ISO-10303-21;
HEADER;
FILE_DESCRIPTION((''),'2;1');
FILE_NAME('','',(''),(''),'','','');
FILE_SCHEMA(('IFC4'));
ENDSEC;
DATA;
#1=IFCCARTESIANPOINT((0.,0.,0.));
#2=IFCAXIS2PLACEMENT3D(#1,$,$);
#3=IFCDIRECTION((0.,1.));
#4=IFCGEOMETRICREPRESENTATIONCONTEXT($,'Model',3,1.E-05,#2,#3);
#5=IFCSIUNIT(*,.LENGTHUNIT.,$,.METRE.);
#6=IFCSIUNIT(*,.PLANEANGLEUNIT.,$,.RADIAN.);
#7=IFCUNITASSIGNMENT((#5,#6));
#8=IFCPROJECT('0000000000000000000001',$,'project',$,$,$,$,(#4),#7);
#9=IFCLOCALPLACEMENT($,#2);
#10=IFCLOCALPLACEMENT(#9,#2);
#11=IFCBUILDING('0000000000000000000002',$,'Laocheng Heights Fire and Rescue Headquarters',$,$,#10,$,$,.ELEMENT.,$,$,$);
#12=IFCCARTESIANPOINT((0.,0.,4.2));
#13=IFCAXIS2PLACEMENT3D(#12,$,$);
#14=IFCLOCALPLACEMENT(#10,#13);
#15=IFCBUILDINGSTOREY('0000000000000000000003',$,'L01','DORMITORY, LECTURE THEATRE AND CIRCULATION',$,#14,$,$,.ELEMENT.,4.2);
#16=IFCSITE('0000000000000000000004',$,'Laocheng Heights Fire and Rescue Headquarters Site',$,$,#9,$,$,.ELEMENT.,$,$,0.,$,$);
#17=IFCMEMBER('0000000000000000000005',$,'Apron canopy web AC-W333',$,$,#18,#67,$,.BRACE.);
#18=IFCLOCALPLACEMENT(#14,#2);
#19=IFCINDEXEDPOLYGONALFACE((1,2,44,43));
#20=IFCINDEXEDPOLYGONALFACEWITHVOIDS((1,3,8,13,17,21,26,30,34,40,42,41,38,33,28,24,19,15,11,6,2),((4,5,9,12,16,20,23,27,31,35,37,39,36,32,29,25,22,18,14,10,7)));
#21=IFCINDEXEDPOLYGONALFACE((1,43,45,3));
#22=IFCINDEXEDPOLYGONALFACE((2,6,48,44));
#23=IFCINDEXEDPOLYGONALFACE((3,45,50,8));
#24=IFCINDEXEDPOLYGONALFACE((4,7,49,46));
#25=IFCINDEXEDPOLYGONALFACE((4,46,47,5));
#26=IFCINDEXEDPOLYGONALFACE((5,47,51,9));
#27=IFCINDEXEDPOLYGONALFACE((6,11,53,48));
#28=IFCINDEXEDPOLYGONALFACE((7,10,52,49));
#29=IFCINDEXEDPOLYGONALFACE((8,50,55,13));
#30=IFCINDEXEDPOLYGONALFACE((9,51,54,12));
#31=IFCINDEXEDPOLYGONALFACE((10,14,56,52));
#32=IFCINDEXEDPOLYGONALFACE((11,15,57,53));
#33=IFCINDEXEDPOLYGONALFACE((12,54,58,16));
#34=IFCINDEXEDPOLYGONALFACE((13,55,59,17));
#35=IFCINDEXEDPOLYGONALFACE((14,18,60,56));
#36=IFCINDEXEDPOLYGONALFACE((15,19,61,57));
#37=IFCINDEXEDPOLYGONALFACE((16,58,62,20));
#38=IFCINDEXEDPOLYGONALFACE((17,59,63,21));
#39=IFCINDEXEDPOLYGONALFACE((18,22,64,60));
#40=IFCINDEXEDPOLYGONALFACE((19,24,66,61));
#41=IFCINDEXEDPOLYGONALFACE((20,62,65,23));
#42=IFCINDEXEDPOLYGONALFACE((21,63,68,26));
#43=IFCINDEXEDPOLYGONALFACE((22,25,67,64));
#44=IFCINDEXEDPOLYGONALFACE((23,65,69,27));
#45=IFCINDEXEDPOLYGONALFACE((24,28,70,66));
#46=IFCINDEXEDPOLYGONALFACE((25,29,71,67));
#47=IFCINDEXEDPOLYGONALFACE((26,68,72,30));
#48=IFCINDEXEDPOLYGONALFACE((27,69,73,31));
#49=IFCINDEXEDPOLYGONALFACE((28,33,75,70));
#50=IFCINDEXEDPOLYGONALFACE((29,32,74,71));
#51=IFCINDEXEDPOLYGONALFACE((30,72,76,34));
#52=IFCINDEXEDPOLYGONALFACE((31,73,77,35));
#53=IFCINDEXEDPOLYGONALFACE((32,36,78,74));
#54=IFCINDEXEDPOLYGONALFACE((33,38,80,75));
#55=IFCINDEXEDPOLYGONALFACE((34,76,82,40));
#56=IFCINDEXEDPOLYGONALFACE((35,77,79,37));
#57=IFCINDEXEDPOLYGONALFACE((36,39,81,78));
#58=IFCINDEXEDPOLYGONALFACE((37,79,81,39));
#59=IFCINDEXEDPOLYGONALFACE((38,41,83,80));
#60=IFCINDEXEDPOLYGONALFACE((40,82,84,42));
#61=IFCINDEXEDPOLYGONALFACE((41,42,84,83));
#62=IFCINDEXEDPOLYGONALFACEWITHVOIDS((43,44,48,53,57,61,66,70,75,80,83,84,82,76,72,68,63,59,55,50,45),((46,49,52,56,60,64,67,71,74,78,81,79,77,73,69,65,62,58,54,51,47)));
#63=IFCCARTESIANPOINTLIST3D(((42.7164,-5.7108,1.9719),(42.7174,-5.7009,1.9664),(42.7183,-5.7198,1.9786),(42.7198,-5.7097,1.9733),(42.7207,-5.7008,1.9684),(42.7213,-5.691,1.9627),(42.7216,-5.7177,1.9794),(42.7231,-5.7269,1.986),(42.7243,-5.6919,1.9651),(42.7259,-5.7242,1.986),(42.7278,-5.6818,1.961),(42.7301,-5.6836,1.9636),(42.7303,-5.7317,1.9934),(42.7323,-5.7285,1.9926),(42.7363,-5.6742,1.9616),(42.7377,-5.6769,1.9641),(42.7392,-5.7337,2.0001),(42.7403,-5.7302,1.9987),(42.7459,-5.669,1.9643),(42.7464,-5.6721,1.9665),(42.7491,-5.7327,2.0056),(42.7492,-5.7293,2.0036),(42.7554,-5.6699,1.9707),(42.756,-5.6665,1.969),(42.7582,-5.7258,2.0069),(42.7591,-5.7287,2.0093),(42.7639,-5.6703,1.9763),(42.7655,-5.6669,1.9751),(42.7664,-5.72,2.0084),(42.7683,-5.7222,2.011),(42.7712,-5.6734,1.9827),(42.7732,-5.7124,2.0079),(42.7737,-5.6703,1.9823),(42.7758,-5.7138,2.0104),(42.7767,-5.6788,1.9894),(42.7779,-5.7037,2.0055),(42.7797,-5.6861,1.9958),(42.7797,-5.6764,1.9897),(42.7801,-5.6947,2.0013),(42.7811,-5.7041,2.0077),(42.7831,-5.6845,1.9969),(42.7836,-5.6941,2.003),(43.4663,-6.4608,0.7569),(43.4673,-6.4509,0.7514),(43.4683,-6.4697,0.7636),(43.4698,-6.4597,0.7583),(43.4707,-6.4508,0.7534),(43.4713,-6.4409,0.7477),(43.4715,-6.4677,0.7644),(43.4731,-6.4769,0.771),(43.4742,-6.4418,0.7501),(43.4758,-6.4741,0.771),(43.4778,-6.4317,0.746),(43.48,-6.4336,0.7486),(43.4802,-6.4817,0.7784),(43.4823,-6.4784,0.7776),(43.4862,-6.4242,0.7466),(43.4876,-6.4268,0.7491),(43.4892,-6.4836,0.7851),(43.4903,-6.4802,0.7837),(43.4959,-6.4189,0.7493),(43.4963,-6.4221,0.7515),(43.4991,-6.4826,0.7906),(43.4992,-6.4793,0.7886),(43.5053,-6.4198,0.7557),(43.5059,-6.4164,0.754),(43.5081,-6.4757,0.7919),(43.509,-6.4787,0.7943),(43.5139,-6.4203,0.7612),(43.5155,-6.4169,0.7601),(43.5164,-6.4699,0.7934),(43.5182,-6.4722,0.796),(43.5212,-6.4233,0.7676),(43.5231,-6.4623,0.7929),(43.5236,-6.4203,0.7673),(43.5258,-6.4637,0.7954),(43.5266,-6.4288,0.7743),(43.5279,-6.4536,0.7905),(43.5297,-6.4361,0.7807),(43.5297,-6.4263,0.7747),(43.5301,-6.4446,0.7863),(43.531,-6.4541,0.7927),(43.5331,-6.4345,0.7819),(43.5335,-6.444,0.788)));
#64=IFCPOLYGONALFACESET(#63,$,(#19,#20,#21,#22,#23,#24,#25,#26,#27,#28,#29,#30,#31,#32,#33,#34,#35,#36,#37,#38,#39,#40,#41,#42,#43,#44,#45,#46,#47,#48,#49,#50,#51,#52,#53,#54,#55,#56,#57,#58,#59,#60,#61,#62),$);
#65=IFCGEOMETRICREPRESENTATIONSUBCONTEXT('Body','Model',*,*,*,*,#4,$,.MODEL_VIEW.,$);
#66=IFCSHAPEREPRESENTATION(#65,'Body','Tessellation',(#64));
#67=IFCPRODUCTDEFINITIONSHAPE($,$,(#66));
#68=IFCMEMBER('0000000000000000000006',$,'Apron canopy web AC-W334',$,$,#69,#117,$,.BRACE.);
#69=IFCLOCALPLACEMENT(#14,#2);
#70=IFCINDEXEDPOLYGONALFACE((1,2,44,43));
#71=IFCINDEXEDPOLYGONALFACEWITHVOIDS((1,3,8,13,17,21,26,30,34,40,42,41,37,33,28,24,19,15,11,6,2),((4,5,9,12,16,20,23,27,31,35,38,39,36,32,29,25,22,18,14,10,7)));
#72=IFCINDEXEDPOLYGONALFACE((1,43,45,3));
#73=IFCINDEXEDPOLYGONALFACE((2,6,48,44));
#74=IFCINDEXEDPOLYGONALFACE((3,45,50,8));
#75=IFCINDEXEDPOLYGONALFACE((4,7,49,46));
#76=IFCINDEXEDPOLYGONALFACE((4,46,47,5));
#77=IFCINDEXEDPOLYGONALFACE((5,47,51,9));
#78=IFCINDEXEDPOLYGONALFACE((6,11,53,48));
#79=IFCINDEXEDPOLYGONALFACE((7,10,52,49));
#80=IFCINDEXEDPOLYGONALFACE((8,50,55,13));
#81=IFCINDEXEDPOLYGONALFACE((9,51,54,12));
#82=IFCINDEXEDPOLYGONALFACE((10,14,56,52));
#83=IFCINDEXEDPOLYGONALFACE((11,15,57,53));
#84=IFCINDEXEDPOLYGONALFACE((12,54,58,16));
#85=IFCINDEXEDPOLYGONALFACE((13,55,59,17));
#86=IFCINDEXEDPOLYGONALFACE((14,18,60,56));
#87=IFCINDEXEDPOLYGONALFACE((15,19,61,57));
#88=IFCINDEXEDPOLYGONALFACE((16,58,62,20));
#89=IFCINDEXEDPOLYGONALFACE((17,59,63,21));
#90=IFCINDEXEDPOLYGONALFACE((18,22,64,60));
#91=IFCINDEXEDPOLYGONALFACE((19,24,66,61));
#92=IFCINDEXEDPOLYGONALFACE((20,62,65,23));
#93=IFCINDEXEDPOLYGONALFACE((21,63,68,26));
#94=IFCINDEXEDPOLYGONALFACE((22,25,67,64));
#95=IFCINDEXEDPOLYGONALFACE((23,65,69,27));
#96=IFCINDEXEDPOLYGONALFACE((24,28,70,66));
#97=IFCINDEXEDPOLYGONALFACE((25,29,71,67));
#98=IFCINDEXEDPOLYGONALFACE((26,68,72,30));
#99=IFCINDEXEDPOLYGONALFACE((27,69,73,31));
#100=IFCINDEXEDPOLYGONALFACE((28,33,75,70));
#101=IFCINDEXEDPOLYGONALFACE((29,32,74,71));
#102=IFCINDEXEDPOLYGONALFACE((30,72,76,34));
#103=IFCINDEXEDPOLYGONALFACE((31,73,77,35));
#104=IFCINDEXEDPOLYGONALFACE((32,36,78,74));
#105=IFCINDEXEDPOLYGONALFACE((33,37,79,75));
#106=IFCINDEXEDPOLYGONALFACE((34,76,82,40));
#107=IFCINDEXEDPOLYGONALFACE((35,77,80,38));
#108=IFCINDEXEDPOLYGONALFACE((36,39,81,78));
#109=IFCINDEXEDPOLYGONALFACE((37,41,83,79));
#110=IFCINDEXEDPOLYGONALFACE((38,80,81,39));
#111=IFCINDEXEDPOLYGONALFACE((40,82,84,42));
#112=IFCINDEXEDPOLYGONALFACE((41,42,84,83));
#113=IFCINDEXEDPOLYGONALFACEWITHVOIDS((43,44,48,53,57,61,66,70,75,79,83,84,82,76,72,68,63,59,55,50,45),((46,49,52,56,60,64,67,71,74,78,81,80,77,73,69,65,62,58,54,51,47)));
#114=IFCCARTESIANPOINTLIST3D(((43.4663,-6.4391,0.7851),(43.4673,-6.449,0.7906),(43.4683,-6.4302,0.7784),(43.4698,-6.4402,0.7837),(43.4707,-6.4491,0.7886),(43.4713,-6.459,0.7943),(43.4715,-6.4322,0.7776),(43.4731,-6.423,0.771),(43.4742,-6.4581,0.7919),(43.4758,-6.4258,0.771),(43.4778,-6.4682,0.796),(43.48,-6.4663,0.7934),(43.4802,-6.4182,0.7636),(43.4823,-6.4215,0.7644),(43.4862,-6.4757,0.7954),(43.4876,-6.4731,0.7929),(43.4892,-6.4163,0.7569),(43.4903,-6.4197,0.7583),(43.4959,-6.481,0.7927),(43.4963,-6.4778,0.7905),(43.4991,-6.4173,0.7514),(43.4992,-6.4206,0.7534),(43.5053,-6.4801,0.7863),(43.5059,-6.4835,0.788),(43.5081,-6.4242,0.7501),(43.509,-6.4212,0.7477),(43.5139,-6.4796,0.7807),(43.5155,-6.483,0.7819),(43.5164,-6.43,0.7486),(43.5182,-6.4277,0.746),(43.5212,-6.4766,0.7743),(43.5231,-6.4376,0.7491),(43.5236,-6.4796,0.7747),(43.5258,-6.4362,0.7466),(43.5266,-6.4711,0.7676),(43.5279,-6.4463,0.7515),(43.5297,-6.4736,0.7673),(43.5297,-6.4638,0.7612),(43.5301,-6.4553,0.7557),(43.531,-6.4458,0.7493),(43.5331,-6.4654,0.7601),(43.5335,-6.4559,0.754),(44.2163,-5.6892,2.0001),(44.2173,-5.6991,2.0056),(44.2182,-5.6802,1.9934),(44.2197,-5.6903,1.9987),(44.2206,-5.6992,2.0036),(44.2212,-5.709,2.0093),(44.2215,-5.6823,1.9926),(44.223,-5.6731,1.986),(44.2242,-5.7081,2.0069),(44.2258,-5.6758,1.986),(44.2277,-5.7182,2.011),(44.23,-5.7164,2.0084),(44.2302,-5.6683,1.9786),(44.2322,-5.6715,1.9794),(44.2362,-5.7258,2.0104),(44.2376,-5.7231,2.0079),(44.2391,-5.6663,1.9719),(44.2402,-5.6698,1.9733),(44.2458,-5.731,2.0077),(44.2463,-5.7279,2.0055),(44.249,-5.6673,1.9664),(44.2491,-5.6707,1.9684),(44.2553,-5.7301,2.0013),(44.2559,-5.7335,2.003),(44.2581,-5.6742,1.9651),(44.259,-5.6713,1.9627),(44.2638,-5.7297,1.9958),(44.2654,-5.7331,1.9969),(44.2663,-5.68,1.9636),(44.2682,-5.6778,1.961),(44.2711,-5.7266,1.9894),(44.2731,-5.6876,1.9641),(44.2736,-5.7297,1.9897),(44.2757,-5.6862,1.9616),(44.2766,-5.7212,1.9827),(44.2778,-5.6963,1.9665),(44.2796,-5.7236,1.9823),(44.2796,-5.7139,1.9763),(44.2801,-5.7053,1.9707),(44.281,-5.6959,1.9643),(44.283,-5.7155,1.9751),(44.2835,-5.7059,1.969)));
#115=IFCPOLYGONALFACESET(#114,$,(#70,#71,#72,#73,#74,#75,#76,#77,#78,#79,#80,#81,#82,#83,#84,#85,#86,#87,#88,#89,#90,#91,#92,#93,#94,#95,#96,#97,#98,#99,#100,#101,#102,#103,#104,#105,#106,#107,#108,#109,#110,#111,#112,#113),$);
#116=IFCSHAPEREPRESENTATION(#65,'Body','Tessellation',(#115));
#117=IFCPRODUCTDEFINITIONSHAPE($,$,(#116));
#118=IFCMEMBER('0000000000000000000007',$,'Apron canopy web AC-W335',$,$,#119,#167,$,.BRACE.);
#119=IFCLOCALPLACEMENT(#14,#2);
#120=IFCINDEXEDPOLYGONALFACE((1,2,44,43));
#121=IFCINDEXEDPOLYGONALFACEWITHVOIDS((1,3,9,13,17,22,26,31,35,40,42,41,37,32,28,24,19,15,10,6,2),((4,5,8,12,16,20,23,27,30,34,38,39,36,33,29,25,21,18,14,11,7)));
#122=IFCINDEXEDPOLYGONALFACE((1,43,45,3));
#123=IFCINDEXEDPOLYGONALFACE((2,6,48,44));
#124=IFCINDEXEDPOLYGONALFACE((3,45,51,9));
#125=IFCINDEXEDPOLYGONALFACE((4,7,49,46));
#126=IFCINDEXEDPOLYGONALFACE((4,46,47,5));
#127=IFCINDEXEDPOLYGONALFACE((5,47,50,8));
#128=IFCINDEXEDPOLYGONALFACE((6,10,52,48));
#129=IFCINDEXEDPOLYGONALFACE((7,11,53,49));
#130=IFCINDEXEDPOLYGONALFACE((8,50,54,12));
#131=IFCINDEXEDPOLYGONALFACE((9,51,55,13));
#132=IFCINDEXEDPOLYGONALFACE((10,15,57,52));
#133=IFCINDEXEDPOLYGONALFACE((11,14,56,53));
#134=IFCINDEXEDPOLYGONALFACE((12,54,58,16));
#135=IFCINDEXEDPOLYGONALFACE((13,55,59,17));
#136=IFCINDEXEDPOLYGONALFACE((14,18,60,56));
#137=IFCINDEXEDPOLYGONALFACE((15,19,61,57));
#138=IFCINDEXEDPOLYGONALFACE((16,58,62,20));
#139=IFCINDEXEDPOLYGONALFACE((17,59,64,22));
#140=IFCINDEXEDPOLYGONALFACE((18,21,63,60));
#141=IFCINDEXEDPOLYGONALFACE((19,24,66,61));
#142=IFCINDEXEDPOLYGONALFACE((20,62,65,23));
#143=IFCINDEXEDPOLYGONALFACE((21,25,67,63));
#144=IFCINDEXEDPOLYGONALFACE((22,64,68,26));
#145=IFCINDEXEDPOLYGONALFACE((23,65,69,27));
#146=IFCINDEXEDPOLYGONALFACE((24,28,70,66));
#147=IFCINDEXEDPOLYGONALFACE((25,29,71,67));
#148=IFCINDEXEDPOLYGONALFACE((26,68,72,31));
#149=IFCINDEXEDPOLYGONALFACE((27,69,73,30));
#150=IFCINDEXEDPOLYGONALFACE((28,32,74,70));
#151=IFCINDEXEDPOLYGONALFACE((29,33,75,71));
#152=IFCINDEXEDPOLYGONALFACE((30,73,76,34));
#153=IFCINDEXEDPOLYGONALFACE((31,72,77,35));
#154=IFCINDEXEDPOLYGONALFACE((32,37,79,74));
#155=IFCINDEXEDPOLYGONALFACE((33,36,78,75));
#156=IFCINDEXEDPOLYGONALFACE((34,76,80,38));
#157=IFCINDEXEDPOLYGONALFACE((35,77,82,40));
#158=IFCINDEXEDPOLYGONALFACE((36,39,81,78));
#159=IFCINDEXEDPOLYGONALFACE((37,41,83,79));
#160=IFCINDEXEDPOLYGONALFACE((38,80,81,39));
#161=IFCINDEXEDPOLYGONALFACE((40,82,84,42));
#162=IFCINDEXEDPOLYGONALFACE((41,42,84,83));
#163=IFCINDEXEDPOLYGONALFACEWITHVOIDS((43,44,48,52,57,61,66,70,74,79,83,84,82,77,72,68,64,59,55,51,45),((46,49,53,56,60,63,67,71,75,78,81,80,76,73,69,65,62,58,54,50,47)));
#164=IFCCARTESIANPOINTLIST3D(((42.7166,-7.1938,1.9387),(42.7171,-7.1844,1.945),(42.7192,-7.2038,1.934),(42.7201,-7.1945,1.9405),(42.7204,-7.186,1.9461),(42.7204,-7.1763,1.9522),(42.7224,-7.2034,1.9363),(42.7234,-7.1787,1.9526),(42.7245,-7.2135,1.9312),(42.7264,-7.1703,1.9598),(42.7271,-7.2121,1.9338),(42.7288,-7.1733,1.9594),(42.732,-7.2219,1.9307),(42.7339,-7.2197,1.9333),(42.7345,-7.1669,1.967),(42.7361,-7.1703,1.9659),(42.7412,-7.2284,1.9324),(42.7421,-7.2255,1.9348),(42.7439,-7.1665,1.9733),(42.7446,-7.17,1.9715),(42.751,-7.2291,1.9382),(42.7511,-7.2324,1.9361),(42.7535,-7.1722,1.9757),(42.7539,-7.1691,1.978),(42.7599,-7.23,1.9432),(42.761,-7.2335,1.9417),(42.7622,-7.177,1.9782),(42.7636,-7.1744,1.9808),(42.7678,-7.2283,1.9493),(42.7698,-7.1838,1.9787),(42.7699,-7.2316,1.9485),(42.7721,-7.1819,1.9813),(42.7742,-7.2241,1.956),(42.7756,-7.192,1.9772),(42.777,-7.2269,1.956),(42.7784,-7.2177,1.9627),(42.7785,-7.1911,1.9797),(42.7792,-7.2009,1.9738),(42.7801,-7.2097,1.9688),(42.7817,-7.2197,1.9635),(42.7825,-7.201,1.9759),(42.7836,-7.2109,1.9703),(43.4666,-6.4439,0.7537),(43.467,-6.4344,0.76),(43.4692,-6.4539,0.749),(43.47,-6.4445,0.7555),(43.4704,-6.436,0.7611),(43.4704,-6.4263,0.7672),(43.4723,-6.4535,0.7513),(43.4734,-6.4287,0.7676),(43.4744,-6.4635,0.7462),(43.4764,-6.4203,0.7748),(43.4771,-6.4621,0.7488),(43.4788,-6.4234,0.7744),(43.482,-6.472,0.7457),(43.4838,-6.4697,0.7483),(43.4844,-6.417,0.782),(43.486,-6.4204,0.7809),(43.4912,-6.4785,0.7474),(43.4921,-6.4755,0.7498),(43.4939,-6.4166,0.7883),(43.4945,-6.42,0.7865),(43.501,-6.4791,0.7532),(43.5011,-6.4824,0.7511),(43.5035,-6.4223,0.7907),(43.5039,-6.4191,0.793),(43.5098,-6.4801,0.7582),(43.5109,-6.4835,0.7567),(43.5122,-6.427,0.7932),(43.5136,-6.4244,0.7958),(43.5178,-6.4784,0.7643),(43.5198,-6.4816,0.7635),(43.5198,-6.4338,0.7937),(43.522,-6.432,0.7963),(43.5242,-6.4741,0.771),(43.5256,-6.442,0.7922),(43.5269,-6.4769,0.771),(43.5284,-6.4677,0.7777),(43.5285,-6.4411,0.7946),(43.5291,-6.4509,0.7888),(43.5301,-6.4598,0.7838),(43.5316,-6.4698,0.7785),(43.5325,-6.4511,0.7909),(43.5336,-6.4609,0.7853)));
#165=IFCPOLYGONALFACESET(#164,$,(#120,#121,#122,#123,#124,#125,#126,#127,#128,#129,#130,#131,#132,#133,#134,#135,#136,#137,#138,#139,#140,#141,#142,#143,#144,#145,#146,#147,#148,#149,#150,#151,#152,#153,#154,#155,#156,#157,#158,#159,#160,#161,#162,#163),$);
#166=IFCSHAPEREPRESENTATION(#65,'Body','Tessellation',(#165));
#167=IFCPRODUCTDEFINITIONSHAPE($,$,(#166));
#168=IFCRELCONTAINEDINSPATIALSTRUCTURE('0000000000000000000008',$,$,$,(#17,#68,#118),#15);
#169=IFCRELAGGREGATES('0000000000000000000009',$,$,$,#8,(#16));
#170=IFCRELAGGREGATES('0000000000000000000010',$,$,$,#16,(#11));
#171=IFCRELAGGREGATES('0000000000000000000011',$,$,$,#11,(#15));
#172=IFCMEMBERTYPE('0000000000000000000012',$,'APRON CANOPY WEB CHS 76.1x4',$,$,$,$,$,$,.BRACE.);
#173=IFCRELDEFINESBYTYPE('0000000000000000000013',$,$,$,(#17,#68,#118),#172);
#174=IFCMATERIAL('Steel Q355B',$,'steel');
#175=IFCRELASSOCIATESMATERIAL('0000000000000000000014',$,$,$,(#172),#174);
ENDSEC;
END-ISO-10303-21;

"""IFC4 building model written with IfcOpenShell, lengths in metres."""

from ifc_helpers import new_model, si_unit, direction, frame, origin, origin_2d, place, context, subcontext, project, spatial, hollow_circle, extrude, material, material_profile, profile_set, type_object, element, save


model = new_model("IFC4")

# Units and contexts
model_context = context("Model", 3, precision=1e-05, world=origin(), true_north=direction((0.0, 1.0)))
body_context = subcontext(model_context, "Body", "Model", "MODEL_VIEW")
ifc_project = project(units=[si_unit("LENGTHUNIT", "METRE"), si_unit("PLANEANGLEUNIT", "RADIAN")], contexts=[model_context])

# Site, building, storey
site_placement = place(None, origin())
site = spatial("IfcSite", under=ifc_project, at=site_placement, Name="Laocheng Heights Fire and Rescue Headquarters Site", CompositionType="ELEMENT", RefElevation=0.0)
building_placement = place(site_placement, origin())
building = spatial("IfcBuilding", under=site, at=building_placement, Name="Laocheng Heights Fire and Rescue Headquarters", CompositionType="ELEMENT")
storey_placement = place(building_placement, frame((0.0, 0.0, 4.2)))
storey = spatial("IfcBuildingStorey", under=building, at=storey_placement, Name="L01", Description="DORMITORY, LECTURE THEATRE AND CIRCULATION", CompositionType="ELEMENT", Elevation=4.2)

# Members
ifc_material_1 = material(Name="Steel Q355B", Category="steel")
ifc_material_profile_1 = material_profile(ifc_material_1, hollow_circle(Radius=0.0381, WallThickness=0.0039, at=origin_2d()), Name="CHS 76.1x4")
ifc_profile_set_1 = profile_set([ifc_material_profile_1], Name="Steel Q355B")
member_type_1 = type_object("IfcMemberType", Name="APRON CANOPY WEB CHS 76.1x4", PredefinedType="BRACE", material=ifc_profile_set_1)
for number, where, z_axis, x_axis, name in (
    (1, (43.5, -6.45, 0.771), (-0.465002, 0.465002, 0.753357), (-0.707107, -0.707107, 0.0), "Apron canopy web AC-W333"),
    (2, (43.5, -6.45, 0.771), (0.465002, 0.465002, 0.753357), (-0.707107, 0.707107, 0.0), "Apron canopy web AC-W334"),
):
    element("IfcMember", number, at=place(storey_placement, frame(where, z_axis=z_axis, x_axis=x_axis)), inside=storey, type_object=member_type_1, Name=name, PredefinedType="BRACE", context=body_context, shape_type="SweptSolid", body=[
        extrude(hollow_circle(Radius=0.0381, WallThickness=0.0039, at=origin_2d()), origin(), (0.0, 0.0, 1.0), 1.6128),
    ])
for number, where, z_axis, x_axis, name in (
    (3, (43.5, -6.45, 0.771), (-0.47158, -0.47158, 0.745134), (0.707107, -0.707107, 0.0), "Apron canopy web AC-W335"),
):
    element("IfcMember", number, at=place(storey_placement, frame(where, z_axis=z_axis, x_axis=x_axis)), inside=storey, type_object=member_type_1, Name=name, PredefinedType="BRACE", context=body_context, shape_type="SweptSolid", body=[
        extrude(hollow_circle(Radius=0.0381, WallThickness=0.0039, at=origin_2d()), origin(), (0.0, 0.0, 1.0), 1.5903),
    ])

save(model, "model.ifc")
